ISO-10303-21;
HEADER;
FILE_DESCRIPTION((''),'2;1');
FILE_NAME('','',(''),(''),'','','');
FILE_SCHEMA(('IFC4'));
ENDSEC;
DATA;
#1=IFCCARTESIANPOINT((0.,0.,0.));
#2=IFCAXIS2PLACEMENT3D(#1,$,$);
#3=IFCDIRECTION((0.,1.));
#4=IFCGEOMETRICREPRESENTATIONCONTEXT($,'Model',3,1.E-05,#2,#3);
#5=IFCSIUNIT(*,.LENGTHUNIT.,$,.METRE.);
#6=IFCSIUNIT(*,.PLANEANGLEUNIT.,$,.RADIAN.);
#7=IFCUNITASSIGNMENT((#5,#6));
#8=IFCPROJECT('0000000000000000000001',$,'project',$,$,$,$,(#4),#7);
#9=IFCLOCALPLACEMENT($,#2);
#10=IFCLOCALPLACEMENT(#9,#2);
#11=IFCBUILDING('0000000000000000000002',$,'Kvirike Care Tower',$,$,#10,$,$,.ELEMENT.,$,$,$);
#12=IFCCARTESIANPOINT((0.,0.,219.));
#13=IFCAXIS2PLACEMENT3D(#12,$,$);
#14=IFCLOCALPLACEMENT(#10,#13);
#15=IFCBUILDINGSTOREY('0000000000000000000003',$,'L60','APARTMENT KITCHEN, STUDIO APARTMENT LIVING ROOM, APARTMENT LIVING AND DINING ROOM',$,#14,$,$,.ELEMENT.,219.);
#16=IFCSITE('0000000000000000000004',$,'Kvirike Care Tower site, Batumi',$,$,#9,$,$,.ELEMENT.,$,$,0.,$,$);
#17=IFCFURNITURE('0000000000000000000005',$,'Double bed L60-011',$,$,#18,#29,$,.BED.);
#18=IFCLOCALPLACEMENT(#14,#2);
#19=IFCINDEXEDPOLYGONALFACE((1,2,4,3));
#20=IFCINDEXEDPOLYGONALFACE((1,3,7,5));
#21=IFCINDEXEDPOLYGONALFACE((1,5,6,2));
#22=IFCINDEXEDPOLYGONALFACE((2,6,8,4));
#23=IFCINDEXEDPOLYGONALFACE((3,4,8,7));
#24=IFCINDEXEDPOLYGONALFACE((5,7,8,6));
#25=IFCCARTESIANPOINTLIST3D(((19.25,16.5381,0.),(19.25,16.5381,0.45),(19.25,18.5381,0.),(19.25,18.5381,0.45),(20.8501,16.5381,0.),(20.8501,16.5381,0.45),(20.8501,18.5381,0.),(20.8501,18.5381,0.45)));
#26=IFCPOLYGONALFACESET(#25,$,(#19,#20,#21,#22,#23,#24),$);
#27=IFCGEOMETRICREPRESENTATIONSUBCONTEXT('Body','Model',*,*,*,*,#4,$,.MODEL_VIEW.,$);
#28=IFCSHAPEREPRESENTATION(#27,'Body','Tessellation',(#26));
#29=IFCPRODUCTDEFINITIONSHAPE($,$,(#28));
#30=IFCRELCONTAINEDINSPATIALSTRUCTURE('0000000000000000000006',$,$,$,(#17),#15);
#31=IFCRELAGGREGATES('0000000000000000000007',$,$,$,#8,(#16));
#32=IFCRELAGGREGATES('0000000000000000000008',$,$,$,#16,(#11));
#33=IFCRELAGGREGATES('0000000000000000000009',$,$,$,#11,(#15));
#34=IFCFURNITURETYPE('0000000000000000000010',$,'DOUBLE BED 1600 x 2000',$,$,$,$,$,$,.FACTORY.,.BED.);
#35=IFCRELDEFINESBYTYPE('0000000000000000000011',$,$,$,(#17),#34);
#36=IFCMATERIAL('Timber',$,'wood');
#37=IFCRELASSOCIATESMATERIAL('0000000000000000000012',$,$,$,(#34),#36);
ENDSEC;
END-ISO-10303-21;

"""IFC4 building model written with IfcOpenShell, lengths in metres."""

from ifc_helpers import new_model, si_unit, direction, frame, origin, origin_2d, place, context, subcontext, project, spatial, rectangle, extrude, material, type_object, element, save


model = new_model("IFC4")

# Units and contexts
model_context = context("Model", 3, precision=1e-05, world=origin(), true_north=direction((0.0, 1.0)))
body_context = subcontext(model_context, "Body", "Model", "MODEL_VIEW")
ifc_project = project(units=[si_unit("LENGTHUNIT", "METRE"), si_unit("PLANEANGLEUNIT", "RADIAN")], contexts=[model_context])

# Site, building, storey
site_placement = place(None, origin())
site = spatial("IfcSite", under=ifc_project, at=site_placement, Name="Kvirike Care Tower site, Batumi", CompositionType="ELEMENT", RefElevation=0.0)
building_placement = place(site_placement, origin())
building = spatial("IfcBuilding", under=site, at=building_placement, Name="Kvirike Care Tower", CompositionType="ELEMENT")
storey_placement = place(building_placement, frame((0.0, 0.0, 219.0)))
storey = spatial("IfcBuildingStorey", under=building, at=storey_placement, Name="L60", Description="APARTMENT KITCHEN, STUDIO APARTMENT LIVING ROOM, APARTMENT LIVING AND DINING ROOM", CompositionType="ELEMENT", Elevation=219.0)

# Furniture
ifc_material_1 = material(Name="Timber", Category="wood")
furniture_type = type_object("IfcFurnitureType", Name="DOUBLE BED 1600 x 2000", AssemblyPlace="FACTORY", PredefinedType="BED", material=ifc_material_1)
furniture_placement = place(storey_placement, frame((20.05, 17.5381, 0.0), z_axis=(0.0, 0.0, 1.0), x_axis=(1.0, 0.0, 0.0)))
element("IfcFurniture", 1, at=furniture_placement, inside=storey, type_object=furniture_type, Name="Double bed L60-011", PredefinedType="BED", context=body_context, shape_type="SweptSolid", body=[
    extrude(rectangle(XDim=1.6001, YDim=2.0, at=origin_2d()), origin(), (0.0, 0.0, 1.0), 0.45),
])

save(model, "model.ifc")
